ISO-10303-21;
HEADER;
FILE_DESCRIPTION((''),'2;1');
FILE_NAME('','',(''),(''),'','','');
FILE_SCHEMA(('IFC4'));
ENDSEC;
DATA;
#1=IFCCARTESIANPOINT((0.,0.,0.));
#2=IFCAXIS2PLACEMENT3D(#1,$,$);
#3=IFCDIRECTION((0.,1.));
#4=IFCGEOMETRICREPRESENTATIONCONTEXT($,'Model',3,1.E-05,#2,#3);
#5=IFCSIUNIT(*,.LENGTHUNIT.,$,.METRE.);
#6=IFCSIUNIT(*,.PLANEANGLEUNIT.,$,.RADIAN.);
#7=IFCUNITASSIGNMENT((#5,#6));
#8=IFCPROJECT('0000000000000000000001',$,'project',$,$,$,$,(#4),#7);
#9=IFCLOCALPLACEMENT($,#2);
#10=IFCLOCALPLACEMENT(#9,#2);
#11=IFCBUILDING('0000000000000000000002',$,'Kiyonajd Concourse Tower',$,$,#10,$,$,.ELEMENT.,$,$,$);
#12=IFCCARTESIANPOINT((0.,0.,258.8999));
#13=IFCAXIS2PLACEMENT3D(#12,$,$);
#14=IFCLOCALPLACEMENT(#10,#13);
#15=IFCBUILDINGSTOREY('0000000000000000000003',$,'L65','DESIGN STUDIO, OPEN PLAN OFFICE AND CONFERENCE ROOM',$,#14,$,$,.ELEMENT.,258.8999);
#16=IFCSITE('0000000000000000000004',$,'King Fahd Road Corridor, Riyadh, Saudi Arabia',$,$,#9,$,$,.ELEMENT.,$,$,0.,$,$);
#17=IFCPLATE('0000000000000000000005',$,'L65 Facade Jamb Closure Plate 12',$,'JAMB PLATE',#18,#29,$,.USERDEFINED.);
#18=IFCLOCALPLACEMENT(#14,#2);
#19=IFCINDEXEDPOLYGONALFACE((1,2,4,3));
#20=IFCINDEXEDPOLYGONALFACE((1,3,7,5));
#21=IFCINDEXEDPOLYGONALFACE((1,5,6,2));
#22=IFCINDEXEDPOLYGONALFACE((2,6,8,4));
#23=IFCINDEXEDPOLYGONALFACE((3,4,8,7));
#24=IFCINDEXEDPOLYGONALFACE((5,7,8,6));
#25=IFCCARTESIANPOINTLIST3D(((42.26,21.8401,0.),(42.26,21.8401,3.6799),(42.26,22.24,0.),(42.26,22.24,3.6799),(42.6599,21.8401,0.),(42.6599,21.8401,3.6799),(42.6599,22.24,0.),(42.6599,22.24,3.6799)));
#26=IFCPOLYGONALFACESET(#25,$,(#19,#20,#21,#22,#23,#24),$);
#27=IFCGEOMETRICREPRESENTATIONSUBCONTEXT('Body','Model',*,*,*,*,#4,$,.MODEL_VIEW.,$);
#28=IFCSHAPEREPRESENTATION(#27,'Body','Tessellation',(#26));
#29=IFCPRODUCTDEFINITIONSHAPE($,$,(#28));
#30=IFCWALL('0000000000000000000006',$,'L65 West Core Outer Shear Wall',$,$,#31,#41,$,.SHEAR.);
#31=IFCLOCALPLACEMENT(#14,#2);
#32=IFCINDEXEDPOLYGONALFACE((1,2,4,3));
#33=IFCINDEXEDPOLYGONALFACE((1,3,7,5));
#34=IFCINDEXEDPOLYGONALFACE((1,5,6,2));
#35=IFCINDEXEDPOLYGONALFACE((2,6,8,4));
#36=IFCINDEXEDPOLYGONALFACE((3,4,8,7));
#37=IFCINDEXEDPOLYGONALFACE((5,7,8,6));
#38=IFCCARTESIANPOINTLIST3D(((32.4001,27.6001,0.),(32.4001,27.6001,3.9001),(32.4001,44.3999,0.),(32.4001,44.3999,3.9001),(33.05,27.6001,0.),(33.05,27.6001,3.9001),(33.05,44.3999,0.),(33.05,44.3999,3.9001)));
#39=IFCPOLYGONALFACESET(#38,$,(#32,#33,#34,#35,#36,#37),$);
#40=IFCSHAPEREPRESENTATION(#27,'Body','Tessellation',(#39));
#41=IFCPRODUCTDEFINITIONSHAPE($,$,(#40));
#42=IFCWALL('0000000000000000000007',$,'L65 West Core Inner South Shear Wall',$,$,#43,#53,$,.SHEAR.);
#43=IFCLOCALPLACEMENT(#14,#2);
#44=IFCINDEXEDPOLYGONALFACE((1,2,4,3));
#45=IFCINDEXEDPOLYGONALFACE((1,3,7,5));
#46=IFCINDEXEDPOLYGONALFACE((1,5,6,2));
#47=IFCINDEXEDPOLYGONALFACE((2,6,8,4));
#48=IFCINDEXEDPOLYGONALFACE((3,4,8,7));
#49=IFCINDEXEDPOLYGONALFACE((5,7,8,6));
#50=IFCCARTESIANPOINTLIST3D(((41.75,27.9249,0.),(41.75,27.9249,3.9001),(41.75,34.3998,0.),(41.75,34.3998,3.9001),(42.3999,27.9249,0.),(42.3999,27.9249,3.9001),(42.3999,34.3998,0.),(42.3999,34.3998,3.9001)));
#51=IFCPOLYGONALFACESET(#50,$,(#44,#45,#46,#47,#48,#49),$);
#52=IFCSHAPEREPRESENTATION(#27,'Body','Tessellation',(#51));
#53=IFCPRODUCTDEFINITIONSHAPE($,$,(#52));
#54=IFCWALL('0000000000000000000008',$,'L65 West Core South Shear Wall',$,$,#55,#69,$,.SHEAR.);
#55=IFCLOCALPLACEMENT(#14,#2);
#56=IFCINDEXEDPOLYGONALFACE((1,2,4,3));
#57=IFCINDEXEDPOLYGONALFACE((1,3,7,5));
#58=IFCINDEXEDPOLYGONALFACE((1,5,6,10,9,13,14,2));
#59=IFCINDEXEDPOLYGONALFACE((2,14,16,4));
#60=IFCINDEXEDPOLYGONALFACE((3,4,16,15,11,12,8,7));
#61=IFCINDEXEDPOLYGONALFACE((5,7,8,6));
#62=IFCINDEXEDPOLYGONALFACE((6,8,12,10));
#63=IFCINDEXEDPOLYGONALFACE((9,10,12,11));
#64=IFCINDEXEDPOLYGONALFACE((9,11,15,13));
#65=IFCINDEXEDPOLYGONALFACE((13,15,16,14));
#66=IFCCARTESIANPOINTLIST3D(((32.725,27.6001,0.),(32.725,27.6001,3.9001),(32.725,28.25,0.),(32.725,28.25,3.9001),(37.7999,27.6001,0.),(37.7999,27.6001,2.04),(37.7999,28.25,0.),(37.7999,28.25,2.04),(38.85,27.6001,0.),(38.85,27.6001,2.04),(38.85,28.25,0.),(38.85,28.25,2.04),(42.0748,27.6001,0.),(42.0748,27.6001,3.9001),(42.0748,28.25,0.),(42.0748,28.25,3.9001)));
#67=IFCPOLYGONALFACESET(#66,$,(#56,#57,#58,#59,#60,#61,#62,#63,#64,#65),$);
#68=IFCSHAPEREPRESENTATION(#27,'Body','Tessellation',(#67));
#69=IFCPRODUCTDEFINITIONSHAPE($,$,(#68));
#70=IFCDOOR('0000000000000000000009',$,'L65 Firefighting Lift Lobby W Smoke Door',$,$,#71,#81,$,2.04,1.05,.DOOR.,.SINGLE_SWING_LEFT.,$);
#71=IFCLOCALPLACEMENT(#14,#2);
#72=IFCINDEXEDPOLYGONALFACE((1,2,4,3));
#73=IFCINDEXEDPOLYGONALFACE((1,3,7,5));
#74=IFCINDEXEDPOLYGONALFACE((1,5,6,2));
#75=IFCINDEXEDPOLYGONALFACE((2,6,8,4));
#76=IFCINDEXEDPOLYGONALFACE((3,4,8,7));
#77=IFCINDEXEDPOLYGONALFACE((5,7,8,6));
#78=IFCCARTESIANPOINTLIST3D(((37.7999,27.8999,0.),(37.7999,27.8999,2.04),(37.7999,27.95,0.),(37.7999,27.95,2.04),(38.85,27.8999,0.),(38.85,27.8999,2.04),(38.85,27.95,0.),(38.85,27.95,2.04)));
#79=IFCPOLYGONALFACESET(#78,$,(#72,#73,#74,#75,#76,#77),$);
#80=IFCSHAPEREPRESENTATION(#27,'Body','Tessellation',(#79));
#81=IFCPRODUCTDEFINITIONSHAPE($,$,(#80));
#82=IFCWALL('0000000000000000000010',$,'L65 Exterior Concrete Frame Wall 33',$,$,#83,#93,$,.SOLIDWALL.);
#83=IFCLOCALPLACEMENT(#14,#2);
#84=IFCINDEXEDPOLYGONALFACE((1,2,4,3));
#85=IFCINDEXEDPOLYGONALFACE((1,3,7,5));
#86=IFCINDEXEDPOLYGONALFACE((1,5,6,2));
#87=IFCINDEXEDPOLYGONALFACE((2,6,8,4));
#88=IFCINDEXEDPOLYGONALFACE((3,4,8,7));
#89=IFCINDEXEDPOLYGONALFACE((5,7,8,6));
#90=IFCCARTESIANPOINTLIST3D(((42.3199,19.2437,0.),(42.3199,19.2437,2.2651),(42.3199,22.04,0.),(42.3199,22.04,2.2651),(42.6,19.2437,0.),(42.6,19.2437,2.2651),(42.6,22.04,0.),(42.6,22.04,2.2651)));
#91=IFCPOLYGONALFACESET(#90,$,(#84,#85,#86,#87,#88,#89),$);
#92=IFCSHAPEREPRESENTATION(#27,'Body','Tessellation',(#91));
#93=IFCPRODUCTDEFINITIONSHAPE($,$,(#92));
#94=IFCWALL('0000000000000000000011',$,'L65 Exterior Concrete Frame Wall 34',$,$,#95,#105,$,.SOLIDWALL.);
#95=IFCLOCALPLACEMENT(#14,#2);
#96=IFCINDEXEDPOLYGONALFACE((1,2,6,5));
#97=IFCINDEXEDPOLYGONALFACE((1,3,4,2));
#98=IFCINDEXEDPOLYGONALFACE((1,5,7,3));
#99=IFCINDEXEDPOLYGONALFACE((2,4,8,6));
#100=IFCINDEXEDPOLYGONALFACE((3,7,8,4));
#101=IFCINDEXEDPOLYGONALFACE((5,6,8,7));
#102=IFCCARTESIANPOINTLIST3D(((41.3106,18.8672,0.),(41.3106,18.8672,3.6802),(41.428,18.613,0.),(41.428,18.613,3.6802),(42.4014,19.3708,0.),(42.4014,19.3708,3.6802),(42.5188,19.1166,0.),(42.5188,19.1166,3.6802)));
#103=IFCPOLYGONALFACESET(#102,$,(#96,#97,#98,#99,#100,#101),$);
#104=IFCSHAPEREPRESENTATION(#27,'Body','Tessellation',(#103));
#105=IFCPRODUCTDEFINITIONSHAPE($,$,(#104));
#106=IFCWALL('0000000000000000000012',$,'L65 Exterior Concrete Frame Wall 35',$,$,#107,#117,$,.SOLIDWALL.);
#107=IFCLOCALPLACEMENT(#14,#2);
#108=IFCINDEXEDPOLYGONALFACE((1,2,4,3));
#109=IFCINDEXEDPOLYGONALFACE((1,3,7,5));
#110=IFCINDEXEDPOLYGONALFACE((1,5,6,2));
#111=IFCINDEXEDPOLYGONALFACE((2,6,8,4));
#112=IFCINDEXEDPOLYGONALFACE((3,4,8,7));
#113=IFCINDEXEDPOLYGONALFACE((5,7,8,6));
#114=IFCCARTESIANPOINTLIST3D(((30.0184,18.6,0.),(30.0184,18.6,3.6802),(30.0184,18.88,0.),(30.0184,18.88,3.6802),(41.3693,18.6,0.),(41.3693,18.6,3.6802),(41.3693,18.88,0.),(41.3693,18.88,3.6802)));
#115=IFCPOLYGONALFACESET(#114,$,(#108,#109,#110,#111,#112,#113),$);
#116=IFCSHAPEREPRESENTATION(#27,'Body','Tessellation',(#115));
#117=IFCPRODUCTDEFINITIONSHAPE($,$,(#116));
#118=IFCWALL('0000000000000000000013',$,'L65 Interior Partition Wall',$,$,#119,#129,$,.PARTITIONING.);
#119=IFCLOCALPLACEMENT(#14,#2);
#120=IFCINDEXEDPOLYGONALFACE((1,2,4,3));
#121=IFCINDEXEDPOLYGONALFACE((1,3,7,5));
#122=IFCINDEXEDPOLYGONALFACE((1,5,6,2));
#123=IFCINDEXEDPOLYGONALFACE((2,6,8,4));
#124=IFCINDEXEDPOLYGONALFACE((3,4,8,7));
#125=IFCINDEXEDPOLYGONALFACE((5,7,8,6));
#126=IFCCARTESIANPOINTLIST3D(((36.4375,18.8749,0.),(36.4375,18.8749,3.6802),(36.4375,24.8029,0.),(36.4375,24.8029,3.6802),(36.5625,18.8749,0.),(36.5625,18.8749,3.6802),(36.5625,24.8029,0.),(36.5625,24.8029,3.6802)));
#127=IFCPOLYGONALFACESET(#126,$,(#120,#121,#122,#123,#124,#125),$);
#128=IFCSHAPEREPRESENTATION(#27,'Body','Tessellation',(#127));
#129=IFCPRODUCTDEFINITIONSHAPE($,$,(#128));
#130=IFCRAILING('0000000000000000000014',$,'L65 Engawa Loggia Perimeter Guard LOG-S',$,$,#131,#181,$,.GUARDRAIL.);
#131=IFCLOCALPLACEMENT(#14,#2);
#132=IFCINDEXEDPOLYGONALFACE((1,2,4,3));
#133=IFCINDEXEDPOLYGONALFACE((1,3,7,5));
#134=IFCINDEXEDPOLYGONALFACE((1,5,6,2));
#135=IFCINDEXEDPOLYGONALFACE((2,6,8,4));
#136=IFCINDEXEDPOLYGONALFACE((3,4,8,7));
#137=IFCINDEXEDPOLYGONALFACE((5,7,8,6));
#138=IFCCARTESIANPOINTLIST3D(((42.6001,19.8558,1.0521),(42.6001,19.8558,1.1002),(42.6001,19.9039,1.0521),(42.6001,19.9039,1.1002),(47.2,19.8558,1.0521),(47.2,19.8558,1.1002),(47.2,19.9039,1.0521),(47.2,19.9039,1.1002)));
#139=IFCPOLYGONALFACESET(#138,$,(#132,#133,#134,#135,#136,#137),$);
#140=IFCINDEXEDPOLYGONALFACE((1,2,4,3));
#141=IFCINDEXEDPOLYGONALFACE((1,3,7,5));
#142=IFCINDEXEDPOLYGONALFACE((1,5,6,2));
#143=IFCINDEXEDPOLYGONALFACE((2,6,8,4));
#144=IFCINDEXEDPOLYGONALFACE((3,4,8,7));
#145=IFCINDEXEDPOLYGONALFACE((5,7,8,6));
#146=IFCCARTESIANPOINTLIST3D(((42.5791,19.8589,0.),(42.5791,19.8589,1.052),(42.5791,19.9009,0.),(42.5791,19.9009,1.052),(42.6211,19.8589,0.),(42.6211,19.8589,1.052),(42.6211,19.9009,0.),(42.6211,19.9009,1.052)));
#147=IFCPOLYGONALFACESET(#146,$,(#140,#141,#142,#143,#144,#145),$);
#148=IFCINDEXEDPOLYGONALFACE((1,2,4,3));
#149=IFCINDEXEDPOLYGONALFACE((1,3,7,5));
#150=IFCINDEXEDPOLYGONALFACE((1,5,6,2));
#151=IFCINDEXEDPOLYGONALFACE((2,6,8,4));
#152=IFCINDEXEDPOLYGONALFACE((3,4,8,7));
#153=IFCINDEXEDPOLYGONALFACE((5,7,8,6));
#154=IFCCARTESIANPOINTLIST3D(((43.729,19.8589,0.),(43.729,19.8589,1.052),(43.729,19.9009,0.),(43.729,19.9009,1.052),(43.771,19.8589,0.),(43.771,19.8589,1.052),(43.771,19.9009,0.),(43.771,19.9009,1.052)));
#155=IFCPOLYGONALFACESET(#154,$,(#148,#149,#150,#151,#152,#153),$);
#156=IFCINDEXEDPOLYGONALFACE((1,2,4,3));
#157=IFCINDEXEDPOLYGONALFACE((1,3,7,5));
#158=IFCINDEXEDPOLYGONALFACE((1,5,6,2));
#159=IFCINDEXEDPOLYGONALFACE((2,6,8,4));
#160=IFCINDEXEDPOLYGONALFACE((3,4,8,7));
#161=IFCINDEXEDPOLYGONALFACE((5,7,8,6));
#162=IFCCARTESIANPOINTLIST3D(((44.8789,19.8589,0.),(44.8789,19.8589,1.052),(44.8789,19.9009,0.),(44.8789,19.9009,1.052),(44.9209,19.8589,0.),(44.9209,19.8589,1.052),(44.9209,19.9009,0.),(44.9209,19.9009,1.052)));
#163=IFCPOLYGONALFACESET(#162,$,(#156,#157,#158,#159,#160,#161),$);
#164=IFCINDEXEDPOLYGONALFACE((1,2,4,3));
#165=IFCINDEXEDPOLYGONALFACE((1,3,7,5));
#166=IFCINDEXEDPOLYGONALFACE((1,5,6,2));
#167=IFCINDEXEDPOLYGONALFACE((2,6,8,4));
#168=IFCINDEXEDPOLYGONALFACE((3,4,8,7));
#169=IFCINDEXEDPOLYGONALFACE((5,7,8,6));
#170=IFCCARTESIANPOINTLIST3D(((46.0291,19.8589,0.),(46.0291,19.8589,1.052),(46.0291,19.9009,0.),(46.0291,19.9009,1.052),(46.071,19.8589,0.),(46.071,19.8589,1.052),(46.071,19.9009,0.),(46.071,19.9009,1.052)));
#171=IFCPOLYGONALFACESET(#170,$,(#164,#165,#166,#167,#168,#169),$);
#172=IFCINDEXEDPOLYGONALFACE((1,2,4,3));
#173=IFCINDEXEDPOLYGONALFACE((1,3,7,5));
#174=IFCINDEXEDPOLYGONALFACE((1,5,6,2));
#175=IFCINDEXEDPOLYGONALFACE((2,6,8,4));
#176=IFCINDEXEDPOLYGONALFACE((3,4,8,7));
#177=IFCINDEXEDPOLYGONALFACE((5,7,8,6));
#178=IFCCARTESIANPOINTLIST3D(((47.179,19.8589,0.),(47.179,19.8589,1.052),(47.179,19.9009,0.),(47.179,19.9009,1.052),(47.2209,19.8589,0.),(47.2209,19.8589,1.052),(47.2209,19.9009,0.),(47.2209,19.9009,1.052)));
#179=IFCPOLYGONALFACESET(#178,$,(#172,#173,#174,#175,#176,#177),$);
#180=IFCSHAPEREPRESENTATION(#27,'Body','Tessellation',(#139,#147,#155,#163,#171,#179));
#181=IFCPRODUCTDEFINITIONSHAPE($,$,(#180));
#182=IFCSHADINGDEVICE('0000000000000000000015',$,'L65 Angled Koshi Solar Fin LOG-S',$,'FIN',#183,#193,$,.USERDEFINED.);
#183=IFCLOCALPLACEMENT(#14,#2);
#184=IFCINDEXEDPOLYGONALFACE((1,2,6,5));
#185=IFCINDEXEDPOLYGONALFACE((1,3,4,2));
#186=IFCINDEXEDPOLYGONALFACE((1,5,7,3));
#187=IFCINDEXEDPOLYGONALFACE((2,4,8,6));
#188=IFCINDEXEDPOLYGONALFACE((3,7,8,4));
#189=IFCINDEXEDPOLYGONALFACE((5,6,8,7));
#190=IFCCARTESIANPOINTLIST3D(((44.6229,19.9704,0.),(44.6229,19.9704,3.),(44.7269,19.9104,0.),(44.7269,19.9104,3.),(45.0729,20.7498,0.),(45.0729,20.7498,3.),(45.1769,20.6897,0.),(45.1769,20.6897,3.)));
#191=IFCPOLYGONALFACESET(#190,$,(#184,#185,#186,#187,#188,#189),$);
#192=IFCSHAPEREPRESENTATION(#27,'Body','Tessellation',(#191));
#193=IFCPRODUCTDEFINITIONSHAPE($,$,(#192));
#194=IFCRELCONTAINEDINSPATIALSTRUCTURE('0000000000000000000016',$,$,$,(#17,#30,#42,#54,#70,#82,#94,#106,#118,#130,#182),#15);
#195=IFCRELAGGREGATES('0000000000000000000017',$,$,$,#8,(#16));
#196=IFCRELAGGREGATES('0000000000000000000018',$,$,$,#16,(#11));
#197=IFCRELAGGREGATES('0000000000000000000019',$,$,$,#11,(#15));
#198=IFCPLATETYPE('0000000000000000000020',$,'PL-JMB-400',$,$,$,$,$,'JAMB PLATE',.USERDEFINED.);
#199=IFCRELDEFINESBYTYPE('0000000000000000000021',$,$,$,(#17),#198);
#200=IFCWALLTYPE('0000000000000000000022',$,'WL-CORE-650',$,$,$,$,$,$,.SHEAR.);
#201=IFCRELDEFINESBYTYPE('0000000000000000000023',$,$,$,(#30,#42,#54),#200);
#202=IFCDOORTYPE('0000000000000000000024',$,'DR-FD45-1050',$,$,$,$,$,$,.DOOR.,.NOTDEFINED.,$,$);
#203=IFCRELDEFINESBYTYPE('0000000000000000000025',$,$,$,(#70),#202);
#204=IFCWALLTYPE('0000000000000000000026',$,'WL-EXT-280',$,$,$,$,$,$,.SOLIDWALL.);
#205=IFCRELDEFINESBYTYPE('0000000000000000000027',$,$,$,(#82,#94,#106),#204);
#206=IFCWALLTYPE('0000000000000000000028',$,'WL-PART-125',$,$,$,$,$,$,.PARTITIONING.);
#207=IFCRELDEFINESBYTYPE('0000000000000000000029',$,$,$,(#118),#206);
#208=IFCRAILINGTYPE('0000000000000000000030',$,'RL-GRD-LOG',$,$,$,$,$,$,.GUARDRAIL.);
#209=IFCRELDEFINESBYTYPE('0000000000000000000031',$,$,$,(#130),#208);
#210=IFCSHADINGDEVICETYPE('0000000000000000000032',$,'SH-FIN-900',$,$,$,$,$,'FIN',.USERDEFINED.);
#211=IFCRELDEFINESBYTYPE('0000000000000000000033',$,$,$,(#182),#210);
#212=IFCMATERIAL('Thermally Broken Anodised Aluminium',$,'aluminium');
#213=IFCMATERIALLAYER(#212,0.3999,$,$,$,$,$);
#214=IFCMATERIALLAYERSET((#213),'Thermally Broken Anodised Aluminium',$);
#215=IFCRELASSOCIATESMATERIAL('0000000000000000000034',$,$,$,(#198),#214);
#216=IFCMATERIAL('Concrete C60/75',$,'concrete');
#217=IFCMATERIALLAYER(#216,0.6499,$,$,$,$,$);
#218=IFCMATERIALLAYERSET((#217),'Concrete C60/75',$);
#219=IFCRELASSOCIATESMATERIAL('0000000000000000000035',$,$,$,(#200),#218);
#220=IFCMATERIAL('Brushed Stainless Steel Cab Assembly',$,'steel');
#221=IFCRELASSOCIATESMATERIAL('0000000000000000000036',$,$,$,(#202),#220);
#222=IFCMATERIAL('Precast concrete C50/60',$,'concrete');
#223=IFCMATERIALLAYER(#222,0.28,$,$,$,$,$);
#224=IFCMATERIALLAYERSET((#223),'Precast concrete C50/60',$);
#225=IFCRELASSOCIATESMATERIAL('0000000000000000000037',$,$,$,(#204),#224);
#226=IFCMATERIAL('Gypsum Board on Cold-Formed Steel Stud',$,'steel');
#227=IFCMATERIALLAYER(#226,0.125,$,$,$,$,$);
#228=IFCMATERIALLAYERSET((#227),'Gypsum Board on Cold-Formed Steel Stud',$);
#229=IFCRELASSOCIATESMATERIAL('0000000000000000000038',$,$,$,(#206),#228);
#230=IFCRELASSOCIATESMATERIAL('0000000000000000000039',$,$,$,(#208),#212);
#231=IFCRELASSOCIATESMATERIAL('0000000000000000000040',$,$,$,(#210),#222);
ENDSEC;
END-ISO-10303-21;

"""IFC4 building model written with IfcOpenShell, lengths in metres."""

from ifc_helpers import new_model, si_unit, direction, frame, frame_2d, origin, origin_2d, place, context, subcontext, project, spatial, rectangle, extrude, material, layer, layer_set, type_object, element, fill, save


model = new_model("IFC4")

# Units and contexts
model_context = context("Model", 3, precision=1e-05, world=origin(), true_north=direction((0.0, 1.0)))
body_context = subcontext(model_context, "Body", "Model", "MODEL_VIEW")
ifc_project = project(units=[si_unit("LENGTHUNIT", "METRE"), si_unit("PLANEANGLEUNIT", "RADIAN")], contexts=[model_context])

# Site, building, storey
site_placement = place(None, origin())
site = spatial("IfcSite", under=ifc_project, at=site_placement, Name="King Fahd Road Corridor, Riyadh, Saudi Arabia", CompositionType="ELEMENT", RefElevation=0.0)
building_placement = place(site_placement, origin())
building = spatial("IfcBuilding", under=site, at=building_placement, Name="Kiyonajd Concourse Tower", CompositionType="ELEMENT")
storey_placement = place(building_placement, frame((0.0, 0.0, 258.8999)))
storey = spatial("IfcBuildingStorey", under=building, at=storey_placement, Name="L65", Description="DESIGN STUDIO, OPEN PLAN OFFICE AND CONFERENCE ROOM", CompositionType="ELEMENT", Elevation=258.8999)

# Shared definitions
ifc_material_1 = material(Name="Concrete C60/75", Category="concrete")

# Plate
ifc_material_2 = material(Name="Thermally Broken Anodised Aluminium", Category="aluminium")
ifc_layer_1 = layer(ifc_material_2, 0.3999)
ifc_layer_set_1 = layer_set([ifc_layer_1], Name="Thermally Broken Anodised Aluminium")
plate_type_1 = type_object("IfcPlateType", Name="PL-JMB-400", ElementType="JAMB PLATE", PredefinedType="USERDEFINED", material=ifc_layer_set_1)
plate_1_placement = place(storey_placement, frame((42.46, 22.04, 0.0), z_axis=(0.0, 0.0, 1.0), x_axis=(1.0, 0.0, 0.0)))
element("IfcPlate", 1, at=plate_1_placement, inside=storey, type_object=plate_type_1, Name="L65 Facade Jamb Closure Plate 12", ObjectType="JAMB PLATE", PredefinedType="USERDEFINED", context=body_context, shape_type="SweptSolid", body=[
    extrude(rectangle(XDim=0.3999, YDim=0.3999, at=origin_2d()), origin(), (0.0, 0.0, 1.0), 3.6799),
])

# Walls
ifc_layer_2 = layer(ifc_material_1, 0.6499)
ifc_layer_set_2 = layer_set([ifc_layer_2], Name="Concrete C60/75")
wall_type_1 = type_object("IfcWallType", Name="WL-CORE-650", PredefinedType="SHEAR", material=ifc_layer_set_2)
wall_1_placement = place(storey_placement, frame((32.7251, 27.6001, 0.0), z_axis=(0.0, 0.0, 1.0), x_axis=(0.0, 1.0, 0.0)))
element("IfcWall", 2, at=wall_1_placement, inside=storey, type_object=wall_type_1, Name="L65 West Core Outer Shear Wall", PredefinedType="SHEAR", context=body_context, shape_type="SweptSolid", body=[
    extrude(rectangle(XDim=16.7998, YDim=0.6499, at=frame_2d((8.3999, 0.0))), origin(), (0.0, 0.0, 1.0), 3.9001),
])
wall_2_placement = place(storey_placement, frame((42.075, 27.925, 0.0), z_axis=(0.0, 0.0, 1.0), x_axis=(0.0, 1.0, 0.0)))
element("IfcWall", 3, at=wall_2_placement, inside=storey, type_object=wall_type_1, Name="L65 West Core Inner South Shear Wall", PredefinedType="SHEAR", context=body_context, shape_type="SweptSolid", body=[
    extrude(rectangle(XDim=6.4749, YDim=0.6499, at=frame_2d((3.2373, 0.0))), origin(), (0.0, 0.0, 1.0), 3.9001),
])

# Wall, opening, door
wall_3_placement = place(storey_placement, frame((32.7251, 27.925, 0.0), z_axis=(0.0, 0.0, 1.0), x_axis=(1.0, 0.0, 0.0)))
wall_3 = element("IfcWall", 4, at=wall_3_placement, inside=storey, type_object=wall_type_1, Name="L65 West Core South Shear Wall", PredefinedType="SHEAR", context=body_context, shape_type="SweptSolid", body=[
    extrude(rectangle(XDim=9.3499, YDim=0.6499, at=frame_2d((4.6748, 0.0))), origin(), (0.0, 0.0, 1.0), 3.9001),
])
opening_placement = place(wall_3_placement, frame((5.075, 0.0, 0.0)))
opening = element("IfcOpeningElement", 5, at=opening_placement, cuts=wall_3, PredefinedType="OPENING", context=body_context, shape_type="SweptSolid", body=[
    extrude(rectangle(XDim=1.05, YDim=2.04, at=frame_2d((0.5249, 1.02))), frame((0.0, 0.335, 0.0), z_axis=(0.0, -1.0, 0.0), x_axis=(1.0, 0.0, 0.0)), (0.0, 0.0, 1.0), 0.6699),
])
ifc_material_3 = material(Name="Brushed Stainless Steel Cab Assembly", Category="steel")
door_type = type_object("IfcDoorType", Name="DR-FD45-1050", OperationType="NOTDEFINED", PredefinedType="DOOR", material=ifc_material_3)
door_placement = place(opening_placement, origin())
door = element("IfcDoor", 6, at=door_placement, inside=storey, type_object=door_type, Name="L65 Firefighting Lift Lobby W Smoke Door", OperationType="SINGLE_SWING_LEFT", OverallHeight=2.04, OverallWidth=1.05, PredefinedType="DOOR", context=body_context, shape_type="SweptSolid", body=[
    extrude(rectangle(XDim=1.05, YDim=2.04, at=frame_2d((0.5249, 1.02))), frame((0.0, 0.0249, 0.0), z_axis=(0.0, -1.0, 0.0), x_axis=(1.0, 0.0, 0.0)), (0.0, 0.0, 1.0), 0.05),
])
fill(opening, door)

# Walls
ifc_material_4 = material(Name="Precast concrete C50/60", Category="concrete")
ifc_layer_3 = layer(ifc_material_4, 0.28)
ifc_layer_set_3 = layer_set([ifc_layer_3], Name="Precast concrete C50/60")
wall_type_2 = type_object("IfcWallType", Name="WL-EXT-280", PredefinedType="SOLIDWALL", material=ifc_layer_set_3)
wall_4_placement = place(storey_placement, frame((42.46, 22.04, 0.0), z_axis=(0.0, 0.0, 1.0), x_axis=(0.0, -1.0, 0.0)))
element("IfcWall", 7, at=wall_4_placement, inside=storey, type_object=wall_type_2, Name="L65 Exterior Concrete Frame Wall 33", PredefinedType="SOLIDWALL", context=body_context, shape_type="SweptSolid", body=[
    extrude(rectangle(XDim=2.7964, YDim=0.28, at=frame_2d((1.3982, 0.0))), origin(), (0.0, 0.0, 1.0), 2.2651),
])
wall_5_placement = place(storey_placement, frame((42.46, 19.2437, 0.0), z_axis=(0.0, 0.0, 1.0), x_axis=(-0.907894, -0.4192, 0.0)))
element("IfcWall", 8, at=wall_5_placement, inside=storey, type_object=wall_type_2, Name="L65 Exterior Concrete Frame Wall 34", PredefinedType="SOLIDWALL", context=body_context, shape_type="SweptSolid", body=[
    extrude(rectangle(XDim=1.2014, YDim=0.28, at=frame_2d((0.6006, 0.0))), origin(), (0.0, 0.0, 1.0), 3.6802),
])
wall_6_placement = place(storey_placement, frame((41.3691, 18.74, 0.0), z_axis=(0.0, 0.0, 1.0), x_axis=(-1.0, 0.0, 0.0)))
element("IfcWall", 9, at=wall_6_placement, inside=storey, type_object=wall_type_2, Name="L65 Exterior Concrete Frame Wall 35", PredefinedType="SOLIDWALL", context=body_context, shape_type="SweptSolid", body=[
    extrude(rectangle(XDim=11.3508, YDim=0.28, at=frame_2d((5.6753, 0.0))), origin(), (0.0, 0.0, 1.0), 3.6802),
])
ifc_material_5 = material(Name="Gypsum Board on Cold-Formed Steel Stud", Category="steel")
ifc_layer_4 = layer(ifc_material_5, 0.125)
ifc_layer_set_4 = layer_set([ifc_layer_4], Name="Gypsum Board on Cold-Formed Steel Stud")
wall_type_3 = type_object("IfcWallType", Name="WL-PART-125", PredefinedType="PARTITIONING", material=ifc_layer_set_4)
wall_7_placement = place(storey_placement, frame((36.5, 18.875, 0.0), z_axis=(0.0, 0.0, 1.0), x_axis=(0.0, 1.0, 0.0)))
element("IfcWall", 10, at=wall_7_placement, inside=storey, type_object=wall_type_3, Name="L65 Interior Partition Wall", PredefinedType="PARTITIONING", context=body_context, shape_type="SweptSolid", body=[
    extrude(rectangle(XDim=5.928, YDim=0.125, at=frame_2d((2.9639, 0.0))), origin(), (0.0, 0.0, 1.0), 3.6802),
])

# Railing
railing_type = type_object("IfcRailingType", Name="RL-GRD-LOG", PredefinedType="GUARDRAIL", material=ifc_material_2)
railing_placement = place(storey_placement, frame((42.6001, 19.8799, 0.0)))
element("IfcRailing", 11, at=railing_placement, inside=storey, type_object=railing_type, Name="L65 Engawa Loggia Perimeter Guard LOG-S", PredefinedType="GUARDRAIL", context=body_context, shape_type="SweptSolid", body=[
    extrude(rectangle(XDim=0.0481, YDim=0.0481, at=origin_2d()), frame((0.0, 0.0, 1.0762), z_axis=(1.0, 0.0, 0.0), x_axis=(0.0, 1.0, 0.0)), (0.0, 0.0, 1.0), 4.5999),
    extrude(rectangle(XDim=0.042, YDim=0.042, at=origin_2d()), origin(), (0.0, 0.0, 1.0), 1.052),
    extrude(rectangle(XDim=0.042, YDim=0.042, at=origin_2d()), frame((1.1499, 0.0, 0.0)), (0.0, 0.0, 1.0), 1.052),
    extrude(rectangle(XDim=0.042, YDim=0.042, at=origin_2d()), frame((2.2998, 0.0, 0.0)), (0.0, 0.0, 1.0), 1.052),
    extrude(rectangle(XDim=0.042, YDim=0.042, at=origin_2d()), frame((3.45, 0.0, 0.0)), (0.0, 0.0, 1.0), 1.052),
    extrude(rectangle(XDim=0.042, YDim=0.042, at=origin_2d()), frame((4.5999, 0.0, 0.0)), (0.0, 0.0, 1.0), 1.052),
])

# Shading device
shading_device_type_1 = type_object("IfcShadingDeviceType", Name="SH-FIN-900", ElementType="FIN", PredefinedType="USERDEFINED", material=ifc_material_4)
shading_device_1_placement = place(storey_placement, frame((44.8999, 20.3301, 0.0), z_axis=(0.0, 0.0, 1.0), x_axis=(0.5, 0.866025, 0.0)))
element("IfcShadingDevice", 12, at=shading_device_1_placement, inside=storey, type_object=shading_device_type_1, Name="L65 Angled Koshi Solar Fin LOG-S", ObjectType="FIN", PredefinedType="USERDEFINED", context=body_context, shape_type="SweptSolid", body=[
    extrude(rectangle(XDim=0.8999, YDim=0.1201, at=origin_2d()), origin(), (0.0, 0.0, 1.0), 3.0),
])

save(model, "model.ifc")
